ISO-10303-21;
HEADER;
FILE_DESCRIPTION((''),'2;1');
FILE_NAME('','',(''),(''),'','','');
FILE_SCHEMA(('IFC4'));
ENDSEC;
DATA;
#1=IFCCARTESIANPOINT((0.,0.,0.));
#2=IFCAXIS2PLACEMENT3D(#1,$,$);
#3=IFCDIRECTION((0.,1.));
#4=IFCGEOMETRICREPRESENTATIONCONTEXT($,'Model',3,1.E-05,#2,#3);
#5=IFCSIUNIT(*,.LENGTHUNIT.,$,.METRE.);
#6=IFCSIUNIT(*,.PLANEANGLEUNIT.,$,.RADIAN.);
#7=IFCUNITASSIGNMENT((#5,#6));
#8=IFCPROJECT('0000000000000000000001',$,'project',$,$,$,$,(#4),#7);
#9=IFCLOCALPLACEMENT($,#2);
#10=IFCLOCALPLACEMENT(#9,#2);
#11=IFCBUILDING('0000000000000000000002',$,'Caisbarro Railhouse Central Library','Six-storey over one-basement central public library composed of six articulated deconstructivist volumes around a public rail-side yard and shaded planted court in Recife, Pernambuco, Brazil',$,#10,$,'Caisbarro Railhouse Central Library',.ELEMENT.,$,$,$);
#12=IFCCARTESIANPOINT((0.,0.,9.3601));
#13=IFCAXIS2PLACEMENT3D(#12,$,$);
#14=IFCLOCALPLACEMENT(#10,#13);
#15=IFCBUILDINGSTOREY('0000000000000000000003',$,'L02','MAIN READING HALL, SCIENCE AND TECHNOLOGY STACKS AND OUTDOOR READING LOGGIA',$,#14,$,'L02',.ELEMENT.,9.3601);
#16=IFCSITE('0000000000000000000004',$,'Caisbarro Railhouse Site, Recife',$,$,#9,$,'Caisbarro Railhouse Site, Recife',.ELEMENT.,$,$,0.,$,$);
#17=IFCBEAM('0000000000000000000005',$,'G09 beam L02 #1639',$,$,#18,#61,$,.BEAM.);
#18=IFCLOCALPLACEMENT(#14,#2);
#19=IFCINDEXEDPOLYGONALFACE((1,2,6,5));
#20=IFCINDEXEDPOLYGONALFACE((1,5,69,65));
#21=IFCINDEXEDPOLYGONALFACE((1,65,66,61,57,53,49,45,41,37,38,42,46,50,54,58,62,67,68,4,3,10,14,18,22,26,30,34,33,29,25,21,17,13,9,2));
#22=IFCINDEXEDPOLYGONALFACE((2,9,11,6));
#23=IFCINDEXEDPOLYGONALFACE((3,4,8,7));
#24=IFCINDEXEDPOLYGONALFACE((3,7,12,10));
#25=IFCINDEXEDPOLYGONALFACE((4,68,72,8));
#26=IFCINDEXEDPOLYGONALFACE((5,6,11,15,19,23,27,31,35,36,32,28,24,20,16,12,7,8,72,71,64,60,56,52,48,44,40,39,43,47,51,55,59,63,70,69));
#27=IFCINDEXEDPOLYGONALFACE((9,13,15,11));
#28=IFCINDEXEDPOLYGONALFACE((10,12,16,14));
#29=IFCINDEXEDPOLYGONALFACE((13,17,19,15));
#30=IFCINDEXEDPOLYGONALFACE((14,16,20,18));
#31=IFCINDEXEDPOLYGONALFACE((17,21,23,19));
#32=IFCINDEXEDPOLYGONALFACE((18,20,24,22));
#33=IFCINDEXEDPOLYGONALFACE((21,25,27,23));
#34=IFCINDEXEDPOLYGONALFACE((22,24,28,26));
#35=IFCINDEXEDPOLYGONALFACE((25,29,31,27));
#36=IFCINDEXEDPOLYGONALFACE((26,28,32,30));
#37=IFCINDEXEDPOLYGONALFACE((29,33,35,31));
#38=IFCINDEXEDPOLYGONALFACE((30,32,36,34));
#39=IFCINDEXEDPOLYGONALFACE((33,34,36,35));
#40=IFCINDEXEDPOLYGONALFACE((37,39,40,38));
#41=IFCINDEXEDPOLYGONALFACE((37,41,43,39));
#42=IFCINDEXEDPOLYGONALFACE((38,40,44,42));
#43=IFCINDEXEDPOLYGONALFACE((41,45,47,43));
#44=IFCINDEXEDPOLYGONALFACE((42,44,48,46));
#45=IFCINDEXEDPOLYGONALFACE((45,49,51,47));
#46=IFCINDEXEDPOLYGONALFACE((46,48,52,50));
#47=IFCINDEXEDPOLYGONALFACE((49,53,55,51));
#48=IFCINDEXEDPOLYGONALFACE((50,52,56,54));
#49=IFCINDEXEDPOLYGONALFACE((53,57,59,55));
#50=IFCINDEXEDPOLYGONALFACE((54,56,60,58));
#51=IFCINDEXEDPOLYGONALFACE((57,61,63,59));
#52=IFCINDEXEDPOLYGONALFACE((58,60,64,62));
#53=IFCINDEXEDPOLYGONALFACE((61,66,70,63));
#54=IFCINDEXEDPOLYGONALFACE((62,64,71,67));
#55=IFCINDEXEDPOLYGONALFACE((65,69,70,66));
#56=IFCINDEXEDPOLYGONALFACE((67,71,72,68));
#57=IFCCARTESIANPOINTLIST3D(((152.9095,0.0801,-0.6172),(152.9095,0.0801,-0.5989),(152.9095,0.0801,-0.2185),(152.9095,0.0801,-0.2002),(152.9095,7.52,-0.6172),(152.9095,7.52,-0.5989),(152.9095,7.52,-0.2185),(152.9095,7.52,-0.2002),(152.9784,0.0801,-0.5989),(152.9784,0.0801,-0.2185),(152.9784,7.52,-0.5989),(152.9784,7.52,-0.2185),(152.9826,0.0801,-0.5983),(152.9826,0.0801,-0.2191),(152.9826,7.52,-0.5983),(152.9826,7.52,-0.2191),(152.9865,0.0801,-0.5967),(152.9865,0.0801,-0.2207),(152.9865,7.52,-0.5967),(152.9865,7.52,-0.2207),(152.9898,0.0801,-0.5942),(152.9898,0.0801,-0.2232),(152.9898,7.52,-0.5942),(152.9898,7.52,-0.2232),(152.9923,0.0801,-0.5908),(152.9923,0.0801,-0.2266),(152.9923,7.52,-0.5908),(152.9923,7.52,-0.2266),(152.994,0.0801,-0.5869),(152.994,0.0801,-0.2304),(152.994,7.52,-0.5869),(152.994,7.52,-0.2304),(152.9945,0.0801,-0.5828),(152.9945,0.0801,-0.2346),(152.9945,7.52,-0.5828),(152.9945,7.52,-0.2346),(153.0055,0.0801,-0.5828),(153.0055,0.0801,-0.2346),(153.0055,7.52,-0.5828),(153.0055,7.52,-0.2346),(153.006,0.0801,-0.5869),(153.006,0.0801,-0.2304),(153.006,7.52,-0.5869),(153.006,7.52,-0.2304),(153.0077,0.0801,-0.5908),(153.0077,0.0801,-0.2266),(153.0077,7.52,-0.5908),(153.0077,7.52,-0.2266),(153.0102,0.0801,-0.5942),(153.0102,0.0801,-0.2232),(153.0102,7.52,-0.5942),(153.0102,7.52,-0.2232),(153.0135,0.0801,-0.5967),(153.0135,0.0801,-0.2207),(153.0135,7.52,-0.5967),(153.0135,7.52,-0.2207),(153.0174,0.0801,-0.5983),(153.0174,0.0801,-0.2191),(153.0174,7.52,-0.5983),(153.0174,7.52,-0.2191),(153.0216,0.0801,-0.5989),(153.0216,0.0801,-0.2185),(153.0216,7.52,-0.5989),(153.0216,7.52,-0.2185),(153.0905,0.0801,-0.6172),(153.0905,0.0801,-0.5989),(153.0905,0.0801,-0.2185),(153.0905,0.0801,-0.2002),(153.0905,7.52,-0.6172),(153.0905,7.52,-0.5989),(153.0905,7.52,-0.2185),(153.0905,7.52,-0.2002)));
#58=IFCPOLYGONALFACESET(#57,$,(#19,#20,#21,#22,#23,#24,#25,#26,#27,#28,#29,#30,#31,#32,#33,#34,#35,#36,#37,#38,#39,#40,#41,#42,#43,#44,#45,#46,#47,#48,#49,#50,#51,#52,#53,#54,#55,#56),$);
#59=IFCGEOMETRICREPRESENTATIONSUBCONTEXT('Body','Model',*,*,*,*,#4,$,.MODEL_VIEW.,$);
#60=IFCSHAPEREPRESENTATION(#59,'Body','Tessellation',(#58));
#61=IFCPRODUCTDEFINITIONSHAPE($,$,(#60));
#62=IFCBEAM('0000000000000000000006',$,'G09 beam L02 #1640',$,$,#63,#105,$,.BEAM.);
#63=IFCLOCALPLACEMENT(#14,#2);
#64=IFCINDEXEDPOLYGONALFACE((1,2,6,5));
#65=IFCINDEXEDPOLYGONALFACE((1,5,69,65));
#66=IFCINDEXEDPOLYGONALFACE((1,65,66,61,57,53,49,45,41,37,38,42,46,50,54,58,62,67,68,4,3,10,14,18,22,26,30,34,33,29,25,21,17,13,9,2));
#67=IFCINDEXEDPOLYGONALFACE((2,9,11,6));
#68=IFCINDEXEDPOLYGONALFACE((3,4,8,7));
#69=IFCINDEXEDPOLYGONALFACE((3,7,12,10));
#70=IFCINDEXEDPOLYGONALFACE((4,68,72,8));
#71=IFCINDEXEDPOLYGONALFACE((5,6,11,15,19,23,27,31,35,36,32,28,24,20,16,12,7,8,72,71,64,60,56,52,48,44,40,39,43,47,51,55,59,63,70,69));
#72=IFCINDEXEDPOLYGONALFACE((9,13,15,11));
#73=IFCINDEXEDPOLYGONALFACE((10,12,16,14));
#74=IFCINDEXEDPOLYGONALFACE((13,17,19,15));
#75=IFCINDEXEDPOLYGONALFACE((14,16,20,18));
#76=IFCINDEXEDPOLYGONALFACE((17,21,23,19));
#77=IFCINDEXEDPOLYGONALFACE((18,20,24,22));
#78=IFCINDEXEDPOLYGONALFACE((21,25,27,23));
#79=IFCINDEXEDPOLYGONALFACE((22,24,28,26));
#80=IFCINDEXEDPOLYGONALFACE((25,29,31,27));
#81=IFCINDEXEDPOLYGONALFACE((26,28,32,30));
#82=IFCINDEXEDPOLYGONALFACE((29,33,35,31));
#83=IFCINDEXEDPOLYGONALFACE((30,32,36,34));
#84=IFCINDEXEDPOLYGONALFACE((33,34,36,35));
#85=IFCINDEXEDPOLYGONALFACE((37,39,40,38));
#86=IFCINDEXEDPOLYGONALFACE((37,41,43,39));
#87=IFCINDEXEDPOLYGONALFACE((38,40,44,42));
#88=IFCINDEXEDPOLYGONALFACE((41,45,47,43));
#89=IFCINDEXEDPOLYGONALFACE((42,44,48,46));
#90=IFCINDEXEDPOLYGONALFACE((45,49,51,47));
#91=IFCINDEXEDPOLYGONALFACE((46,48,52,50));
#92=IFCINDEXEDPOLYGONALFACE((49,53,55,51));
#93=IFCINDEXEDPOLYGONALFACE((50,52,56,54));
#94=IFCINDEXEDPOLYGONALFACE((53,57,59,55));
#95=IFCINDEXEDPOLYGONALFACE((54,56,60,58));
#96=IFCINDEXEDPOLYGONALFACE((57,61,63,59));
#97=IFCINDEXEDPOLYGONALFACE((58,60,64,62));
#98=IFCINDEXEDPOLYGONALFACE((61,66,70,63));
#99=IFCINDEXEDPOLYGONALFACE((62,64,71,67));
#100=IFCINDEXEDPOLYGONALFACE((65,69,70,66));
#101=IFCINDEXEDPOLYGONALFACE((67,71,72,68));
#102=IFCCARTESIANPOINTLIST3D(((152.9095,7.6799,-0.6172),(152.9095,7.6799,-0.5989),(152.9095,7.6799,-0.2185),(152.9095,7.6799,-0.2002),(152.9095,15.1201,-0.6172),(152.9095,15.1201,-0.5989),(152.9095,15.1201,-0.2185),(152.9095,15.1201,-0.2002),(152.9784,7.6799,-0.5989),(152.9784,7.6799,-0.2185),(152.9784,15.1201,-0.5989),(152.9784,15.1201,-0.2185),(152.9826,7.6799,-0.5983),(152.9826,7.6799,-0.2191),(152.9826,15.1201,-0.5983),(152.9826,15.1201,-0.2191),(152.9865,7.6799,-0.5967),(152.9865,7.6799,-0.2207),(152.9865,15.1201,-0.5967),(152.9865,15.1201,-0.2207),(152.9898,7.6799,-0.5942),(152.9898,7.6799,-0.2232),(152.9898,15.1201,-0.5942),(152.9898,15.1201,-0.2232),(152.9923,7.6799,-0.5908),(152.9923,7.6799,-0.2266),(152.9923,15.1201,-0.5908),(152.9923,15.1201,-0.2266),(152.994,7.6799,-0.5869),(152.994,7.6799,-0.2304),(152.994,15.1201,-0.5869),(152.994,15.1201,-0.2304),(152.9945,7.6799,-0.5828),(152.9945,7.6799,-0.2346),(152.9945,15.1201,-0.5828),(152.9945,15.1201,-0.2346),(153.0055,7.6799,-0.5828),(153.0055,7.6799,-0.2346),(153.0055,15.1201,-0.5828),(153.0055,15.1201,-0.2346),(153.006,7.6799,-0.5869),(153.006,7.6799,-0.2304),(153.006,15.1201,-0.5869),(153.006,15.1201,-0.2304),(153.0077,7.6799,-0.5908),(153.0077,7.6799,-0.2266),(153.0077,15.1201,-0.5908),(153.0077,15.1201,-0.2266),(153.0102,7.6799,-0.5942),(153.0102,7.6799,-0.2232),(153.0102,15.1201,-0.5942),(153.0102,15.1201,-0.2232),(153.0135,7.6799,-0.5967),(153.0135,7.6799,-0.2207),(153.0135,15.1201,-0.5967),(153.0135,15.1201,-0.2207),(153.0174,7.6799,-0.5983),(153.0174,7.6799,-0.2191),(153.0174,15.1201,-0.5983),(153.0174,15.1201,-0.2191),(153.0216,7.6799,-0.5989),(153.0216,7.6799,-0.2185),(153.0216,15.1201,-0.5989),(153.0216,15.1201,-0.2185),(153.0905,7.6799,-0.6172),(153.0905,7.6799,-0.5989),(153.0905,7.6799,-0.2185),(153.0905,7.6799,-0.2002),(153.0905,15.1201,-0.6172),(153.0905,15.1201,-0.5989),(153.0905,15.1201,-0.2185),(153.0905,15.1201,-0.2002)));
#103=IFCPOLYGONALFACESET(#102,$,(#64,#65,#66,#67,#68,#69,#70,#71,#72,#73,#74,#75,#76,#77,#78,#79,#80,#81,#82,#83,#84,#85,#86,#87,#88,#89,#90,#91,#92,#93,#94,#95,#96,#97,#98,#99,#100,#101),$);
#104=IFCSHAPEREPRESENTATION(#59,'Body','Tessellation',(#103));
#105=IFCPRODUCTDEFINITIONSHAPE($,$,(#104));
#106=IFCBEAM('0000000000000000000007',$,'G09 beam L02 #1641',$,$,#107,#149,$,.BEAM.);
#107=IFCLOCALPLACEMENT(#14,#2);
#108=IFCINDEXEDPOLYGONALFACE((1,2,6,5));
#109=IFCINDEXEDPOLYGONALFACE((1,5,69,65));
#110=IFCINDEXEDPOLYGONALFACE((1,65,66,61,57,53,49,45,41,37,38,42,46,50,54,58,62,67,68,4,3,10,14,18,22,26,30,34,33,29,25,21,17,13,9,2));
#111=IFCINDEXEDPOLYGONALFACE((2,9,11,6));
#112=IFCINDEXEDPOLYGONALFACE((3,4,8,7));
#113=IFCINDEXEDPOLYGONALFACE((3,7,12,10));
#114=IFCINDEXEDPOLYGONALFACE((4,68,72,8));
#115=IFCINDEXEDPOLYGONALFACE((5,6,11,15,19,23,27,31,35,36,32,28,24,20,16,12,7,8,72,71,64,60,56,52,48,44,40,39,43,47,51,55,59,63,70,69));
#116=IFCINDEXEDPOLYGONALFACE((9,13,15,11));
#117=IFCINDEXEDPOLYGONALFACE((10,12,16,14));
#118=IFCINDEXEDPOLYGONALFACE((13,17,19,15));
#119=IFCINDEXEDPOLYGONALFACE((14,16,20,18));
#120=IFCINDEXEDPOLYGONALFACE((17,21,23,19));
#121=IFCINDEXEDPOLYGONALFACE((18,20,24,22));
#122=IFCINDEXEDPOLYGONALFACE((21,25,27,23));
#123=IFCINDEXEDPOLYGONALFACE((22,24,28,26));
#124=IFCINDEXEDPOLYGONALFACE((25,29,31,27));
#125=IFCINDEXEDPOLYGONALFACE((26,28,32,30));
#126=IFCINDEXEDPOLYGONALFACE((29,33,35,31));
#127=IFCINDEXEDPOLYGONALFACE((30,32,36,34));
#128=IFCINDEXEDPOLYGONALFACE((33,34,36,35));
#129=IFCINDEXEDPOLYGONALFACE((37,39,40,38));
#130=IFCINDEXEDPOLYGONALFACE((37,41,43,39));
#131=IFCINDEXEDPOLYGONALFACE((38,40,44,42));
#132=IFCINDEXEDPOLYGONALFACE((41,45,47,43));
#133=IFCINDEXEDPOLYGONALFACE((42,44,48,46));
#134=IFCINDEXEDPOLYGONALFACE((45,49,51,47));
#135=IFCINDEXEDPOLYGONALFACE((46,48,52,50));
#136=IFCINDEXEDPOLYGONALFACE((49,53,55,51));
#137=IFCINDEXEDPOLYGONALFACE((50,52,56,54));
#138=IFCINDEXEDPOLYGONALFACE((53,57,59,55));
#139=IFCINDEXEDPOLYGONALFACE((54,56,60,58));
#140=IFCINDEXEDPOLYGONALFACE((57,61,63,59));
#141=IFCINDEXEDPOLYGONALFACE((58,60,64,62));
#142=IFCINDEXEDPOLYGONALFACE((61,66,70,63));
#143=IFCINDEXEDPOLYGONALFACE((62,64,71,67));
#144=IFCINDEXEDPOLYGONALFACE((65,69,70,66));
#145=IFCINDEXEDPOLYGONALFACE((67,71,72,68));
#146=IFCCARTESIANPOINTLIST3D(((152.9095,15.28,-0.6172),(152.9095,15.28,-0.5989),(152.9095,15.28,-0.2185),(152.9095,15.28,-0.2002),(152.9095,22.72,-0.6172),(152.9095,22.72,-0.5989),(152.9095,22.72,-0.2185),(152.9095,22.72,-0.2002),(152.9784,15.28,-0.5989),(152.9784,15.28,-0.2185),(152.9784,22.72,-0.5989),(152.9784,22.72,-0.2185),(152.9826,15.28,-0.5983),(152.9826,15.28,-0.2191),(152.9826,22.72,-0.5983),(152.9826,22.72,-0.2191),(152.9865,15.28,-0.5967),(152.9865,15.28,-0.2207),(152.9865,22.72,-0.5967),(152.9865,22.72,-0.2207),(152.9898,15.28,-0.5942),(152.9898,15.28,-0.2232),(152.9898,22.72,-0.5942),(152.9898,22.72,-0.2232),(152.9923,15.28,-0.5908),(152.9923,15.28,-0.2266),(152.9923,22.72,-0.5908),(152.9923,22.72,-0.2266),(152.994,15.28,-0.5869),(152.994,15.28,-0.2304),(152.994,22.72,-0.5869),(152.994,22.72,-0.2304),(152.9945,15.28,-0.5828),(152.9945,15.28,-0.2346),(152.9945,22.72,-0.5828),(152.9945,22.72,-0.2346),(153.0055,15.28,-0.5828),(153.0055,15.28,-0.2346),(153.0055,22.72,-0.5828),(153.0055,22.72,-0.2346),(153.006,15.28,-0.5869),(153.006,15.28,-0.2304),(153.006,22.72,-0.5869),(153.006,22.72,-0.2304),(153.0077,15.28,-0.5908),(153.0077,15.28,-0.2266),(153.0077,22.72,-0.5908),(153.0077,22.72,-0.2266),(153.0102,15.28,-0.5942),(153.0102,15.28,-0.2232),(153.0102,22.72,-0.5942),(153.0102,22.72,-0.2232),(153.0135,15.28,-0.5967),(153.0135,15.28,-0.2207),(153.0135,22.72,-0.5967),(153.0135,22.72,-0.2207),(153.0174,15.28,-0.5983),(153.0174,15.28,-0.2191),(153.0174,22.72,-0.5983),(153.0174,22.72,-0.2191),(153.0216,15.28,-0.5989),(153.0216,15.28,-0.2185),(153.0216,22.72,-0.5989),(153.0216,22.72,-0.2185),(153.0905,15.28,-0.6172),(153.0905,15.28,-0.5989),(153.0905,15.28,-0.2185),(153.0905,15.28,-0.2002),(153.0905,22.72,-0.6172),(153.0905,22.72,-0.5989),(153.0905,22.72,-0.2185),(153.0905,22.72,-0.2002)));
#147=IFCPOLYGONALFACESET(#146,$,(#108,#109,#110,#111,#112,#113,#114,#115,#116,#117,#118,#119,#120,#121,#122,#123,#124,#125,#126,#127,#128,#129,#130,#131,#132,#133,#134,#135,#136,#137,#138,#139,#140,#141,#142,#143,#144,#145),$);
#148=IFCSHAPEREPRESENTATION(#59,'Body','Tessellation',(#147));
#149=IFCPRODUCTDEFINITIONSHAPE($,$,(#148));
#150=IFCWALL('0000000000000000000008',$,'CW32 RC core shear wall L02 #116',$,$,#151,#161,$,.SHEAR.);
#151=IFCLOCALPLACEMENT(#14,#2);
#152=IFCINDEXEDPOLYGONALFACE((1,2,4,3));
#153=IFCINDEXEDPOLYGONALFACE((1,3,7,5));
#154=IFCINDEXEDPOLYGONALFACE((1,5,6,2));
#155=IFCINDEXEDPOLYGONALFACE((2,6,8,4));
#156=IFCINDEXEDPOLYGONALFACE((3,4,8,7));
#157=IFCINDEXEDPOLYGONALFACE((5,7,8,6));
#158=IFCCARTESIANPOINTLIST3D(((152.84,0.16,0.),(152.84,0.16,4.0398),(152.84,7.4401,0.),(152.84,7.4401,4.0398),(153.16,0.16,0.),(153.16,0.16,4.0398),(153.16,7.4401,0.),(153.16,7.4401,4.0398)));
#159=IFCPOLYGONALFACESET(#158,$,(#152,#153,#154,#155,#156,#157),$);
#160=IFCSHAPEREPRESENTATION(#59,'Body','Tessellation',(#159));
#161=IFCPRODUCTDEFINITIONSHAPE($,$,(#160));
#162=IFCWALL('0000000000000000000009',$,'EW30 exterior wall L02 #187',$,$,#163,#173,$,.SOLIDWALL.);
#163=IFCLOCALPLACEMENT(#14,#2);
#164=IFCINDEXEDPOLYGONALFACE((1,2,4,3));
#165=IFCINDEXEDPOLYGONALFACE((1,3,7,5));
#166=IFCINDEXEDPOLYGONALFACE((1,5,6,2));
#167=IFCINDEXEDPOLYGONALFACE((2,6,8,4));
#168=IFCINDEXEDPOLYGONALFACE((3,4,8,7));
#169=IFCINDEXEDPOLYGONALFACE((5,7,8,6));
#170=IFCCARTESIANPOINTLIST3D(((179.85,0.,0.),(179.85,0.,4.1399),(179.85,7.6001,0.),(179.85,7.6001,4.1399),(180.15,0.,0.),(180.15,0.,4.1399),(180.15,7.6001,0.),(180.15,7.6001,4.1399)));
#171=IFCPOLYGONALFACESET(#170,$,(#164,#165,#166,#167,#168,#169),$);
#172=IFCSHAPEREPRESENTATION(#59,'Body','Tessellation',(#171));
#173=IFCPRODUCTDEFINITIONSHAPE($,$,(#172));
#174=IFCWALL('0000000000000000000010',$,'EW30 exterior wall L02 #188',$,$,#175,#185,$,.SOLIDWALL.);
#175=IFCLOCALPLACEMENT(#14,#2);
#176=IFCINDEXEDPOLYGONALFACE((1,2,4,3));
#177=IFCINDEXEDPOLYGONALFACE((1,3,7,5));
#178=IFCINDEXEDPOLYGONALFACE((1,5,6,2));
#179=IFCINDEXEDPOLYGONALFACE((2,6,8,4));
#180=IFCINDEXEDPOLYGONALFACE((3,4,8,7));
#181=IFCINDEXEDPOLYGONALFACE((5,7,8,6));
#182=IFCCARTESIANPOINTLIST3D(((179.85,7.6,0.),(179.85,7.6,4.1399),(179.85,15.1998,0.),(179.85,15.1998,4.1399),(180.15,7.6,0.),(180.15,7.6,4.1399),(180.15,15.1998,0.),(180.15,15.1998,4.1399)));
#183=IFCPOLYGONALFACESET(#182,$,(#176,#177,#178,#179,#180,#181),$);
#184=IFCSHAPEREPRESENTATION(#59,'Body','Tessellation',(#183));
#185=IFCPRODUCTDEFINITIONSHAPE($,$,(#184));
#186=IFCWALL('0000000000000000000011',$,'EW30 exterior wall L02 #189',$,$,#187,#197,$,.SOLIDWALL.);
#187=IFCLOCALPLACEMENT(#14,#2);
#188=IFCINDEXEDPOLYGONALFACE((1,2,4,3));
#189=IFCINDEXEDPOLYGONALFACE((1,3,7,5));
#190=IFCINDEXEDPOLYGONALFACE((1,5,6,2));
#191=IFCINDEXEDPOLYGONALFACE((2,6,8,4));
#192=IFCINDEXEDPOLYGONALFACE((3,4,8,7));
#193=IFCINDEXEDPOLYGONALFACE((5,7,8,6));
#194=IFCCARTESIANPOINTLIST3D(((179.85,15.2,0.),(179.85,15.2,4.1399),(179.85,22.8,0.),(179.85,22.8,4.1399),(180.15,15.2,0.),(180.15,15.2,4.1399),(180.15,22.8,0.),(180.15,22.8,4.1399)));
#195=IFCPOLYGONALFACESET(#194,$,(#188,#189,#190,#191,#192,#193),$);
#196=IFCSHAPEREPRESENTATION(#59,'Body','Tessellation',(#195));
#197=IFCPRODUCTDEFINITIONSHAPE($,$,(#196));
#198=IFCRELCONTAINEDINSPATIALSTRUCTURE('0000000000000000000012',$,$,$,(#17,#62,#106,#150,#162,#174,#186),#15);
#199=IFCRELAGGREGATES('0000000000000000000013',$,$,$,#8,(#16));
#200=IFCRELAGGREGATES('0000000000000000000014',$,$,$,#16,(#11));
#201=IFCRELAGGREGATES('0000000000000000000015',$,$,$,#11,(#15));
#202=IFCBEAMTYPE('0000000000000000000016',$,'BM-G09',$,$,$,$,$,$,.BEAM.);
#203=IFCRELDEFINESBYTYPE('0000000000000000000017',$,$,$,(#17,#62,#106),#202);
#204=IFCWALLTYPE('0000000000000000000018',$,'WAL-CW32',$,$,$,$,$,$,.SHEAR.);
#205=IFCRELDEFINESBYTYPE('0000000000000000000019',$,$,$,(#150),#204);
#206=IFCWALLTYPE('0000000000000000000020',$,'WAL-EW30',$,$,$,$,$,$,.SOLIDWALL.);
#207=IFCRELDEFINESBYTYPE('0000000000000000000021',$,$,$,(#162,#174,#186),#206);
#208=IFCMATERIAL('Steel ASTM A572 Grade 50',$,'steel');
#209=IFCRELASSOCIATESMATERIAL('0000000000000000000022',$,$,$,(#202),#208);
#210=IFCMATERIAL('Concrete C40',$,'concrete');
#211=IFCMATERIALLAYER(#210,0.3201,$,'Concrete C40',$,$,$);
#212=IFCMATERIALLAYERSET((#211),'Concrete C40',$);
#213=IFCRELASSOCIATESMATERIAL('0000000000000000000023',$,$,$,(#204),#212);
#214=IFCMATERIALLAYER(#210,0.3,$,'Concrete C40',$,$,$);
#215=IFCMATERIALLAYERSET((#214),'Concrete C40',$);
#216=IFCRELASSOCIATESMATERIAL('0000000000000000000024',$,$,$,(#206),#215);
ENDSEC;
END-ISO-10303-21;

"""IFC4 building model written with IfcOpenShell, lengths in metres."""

from ifc_helpers import new_model, si_unit, direction, frame, frame_2d, origin, origin_2d, place, context, subcontext, project, spatial, rectangle, i_section, extrude, material, layer, layer_set, material_profile, profile_set, type_object, element, save


model = new_model("IFC4")

# Units and contexts
model_context = context("Model", 3, precision=1e-05, world=origin(), true_north=direction((0.0, 1.0)))
body_context = subcontext(model_context, "Body", "Model", "MODEL_VIEW")
ifc_project = project(units=[si_unit("LENGTHUNIT", "METRE"), si_unit("PLANEANGLEUNIT", "RADIAN")], contexts=[model_context])

# Site, building, storey
site_placement = place(None, origin())
site = spatial("IfcSite", under=ifc_project, at=site_placement, Name="Caisbarro Railhouse Site, Recife", LongName="Caisbarro Railhouse Site, Recife", CompositionType="ELEMENT", RefElevation=0.0)
building_placement = place(site_placement, origin())
building = spatial("IfcBuilding", under=site, at=building_placement, Name="Caisbarro Railhouse Central Library", Description="Six-storey over one-basement central public library composed of six articulated deconstructivist volumes around a public rail-side yard and shaded planted court in Recife, Pernambuco, Brazil", LongName="Caisbarro Railhouse Central Library", CompositionType="ELEMENT")
storey_placement = place(building_placement, frame((0.0, 0.0, 9.3601)))
storey = spatial("IfcBuildingStorey", under=building, at=storey_placement, Name="L02", Description="MAIN READING HALL, SCIENCE AND TECHNOLOGY STACKS AND OUTDOOR READING LOGGIA", LongName="L02", CompositionType="ELEMENT", Elevation=9.3601)

# Shared definitions
ifc_material_1 = material(Name="Steel ASTM A572 Grade 50", Category="steel")

# Beams
ifc_material_profile_1 = material_profile(ifc_material_1, i_section(OverallWidth=0.1809, OverallDepth=0.417, WebThickness=0.011, FlangeThickness=0.0183, FilletRadius=0.0161, at=origin_2d()), Name="W410X85.0")
ifc_profile_set_1 = profile_set([ifc_material_profile_1], Name="Steel ASTM A572 Grade 50")
beam_type = type_object("IfcBeamType", Name="BM-G09", PredefinedType="BEAM", material=ifc_profile_set_1)
beam_1_placement = place(storey_placement, frame((153.0, 0.0801, -0.4087), z_axis=(0.0, 1.0, 0.0), x_axis=(-1.0, 0.0, 0.0)))
element("IfcBeam", 1, at=beam_1_placement, inside=storey, type_object=beam_type, Name="G09 beam L02 #1639", PredefinedType="BEAM", context=body_context, shape_type="SweptSolid", body=[
    extrude(i_section(OverallWidth=0.1809, OverallDepth=0.417, WebThickness=0.011, FlangeThickness=0.0183, FilletRadius=0.0161, at=origin_2d()), origin(), (0.0, 0.0, 1.0), 7.4399),
])
beam_2_placement = place(storey_placement, frame((153.0, 7.6799, -0.4087), z_axis=(0.0, 1.0, 0.0), x_axis=(-1.0, 0.0, 0.0)))
element("IfcBeam", 2, at=beam_2_placement, inside=storey, type_object=beam_type, Name="G09 beam L02 #1640", PredefinedType="BEAM", context=body_context, shape_type="SweptSolid", body=[
    extrude(i_section(OverallWidth=0.1809, OverallDepth=0.417, WebThickness=0.011, FlangeThickness=0.0183, FilletRadius=0.0161, at=origin_2d()), origin(), (0.0, 0.0, 1.0), 7.4402),
])
beam_3_placement = place(storey_placement, frame((153.0, 15.28, -0.4087), z_axis=(0.0, 1.0, 0.0), x_axis=(-1.0, 0.0, 0.0)))
element("IfcBeam", 3, at=beam_3_placement, inside=storey, type_object=beam_type, Name="G09 beam L02 #1641", PredefinedType="BEAM", context=body_context, shape_type="SweptSolid", body=[
    extrude(i_section(OverallWidth=0.1809, OverallDepth=0.417, WebThickness=0.011, FlangeThickness=0.0183, FilletRadius=0.0161, at=origin_2d()), origin(), (0.0, 0.0, 1.0), 7.4399),
])

# Walls
ifc_material_2 = material(Name="Concrete C40", Category="concrete")
ifc_layer_1 = layer(ifc_material_2, 0.3201, Name="Concrete C40")
ifc_layer_set_1 = layer_set([ifc_layer_1], Name="Concrete C40")
wall_type_1 = type_object("IfcWallType", Name="WAL-CW32", PredefinedType="SHEAR", material=ifc_layer_set_1)
wall_1_placement = place(storey_placement, frame((153.0, 0.1599, 0.0), z_axis=(0.0, 0.0, 1.0), x_axis=(0.0, 1.0, 0.0)))
element("IfcWall", 4, at=wall_1_placement, inside=storey, type_object=wall_type_1, Name="CW32 RC core shear wall L02 #116", PredefinedType="SHEAR", context=body_context, shape_type="SweptSolid", body=[
    extrude(rectangle(XDim=7.28, YDim=0.3201, at=frame_2d((3.6401, 0.0))), origin(), (0.0, 0.0, 1.0), 4.0398),
])
ifc_layer_2 = layer(ifc_material_2, 0.3, Name="Concrete C40")
ifc_layer_set_2 = layer_set([ifc_layer_2], Name="Concrete C40")
wall_type_2 = type_object("IfcWallType", Name="WAL-EW30", PredefinedType="SOLIDWALL", material=ifc_layer_set_2)
wall_2_placement = place(storey_placement, frame((180.0, 0.0, 0.0), z_axis=(0.0, 0.0, 1.0), x_axis=(0.0, 1.0, 0.0)))
element("IfcWall", 5, at=wall_2_placement, inside=storey, type_object=wall_type_2, Name="EW30 exterior wall L02 #187", PredefinedType="SOLIDWALL", context=body_context, shape_type="SweptSolid", body=[
    extrude(rectangle(XDim=7.6001, YDim=0.3, at=frame_2d((3.8, 0.0))), origin(), (0.0, 0.0, 1.0), 4.1399),
])
wall_3_placement = place(storey_placement, frame((180.0, 7.6001, 0.0), z_axis=(0.0, 0.0, 1.0), x_axis=(0.0, 1.0, 0.0)))
element("IfcWall", 6, at=wall_3_placement, inside=storey, type_object=wall_type_2, Name="EW30 exterior wall L02 #188", PredefinedType="SOLIDWALL", context=body_context, shape_type="SweptSolid", body=[
    extrude(rectangle(XDim=7.5999, YDim=0.3, at=frame_2d((3.7998, 0.0))), origin(), (0.0, 0.0, 1.0), 4.1399),
])
wall_4_placement = place(storey_placement, frame((180.0, 15.2, 0.0), z_axis=(0.0, 0.0, 1.0), x_axis=(0.0, 1.0, 0.0)))
element("IfcWall", 7, at=wall_4_placement, inside=storey, type_object=wall_type_2, Name="EW30 exterior wall L02 #189", PredefinedType="SOLIDWALL", context=body_context, shape_type="SweptSolid", body=[
    extrude(rectangle(XDim=7.6001, YDim=0.3, at=frame_2d((3.8, 0.0))), origin(), (0.0, 0.0, 1.0), 4.1399),
])

save(model, "model.ifc")
